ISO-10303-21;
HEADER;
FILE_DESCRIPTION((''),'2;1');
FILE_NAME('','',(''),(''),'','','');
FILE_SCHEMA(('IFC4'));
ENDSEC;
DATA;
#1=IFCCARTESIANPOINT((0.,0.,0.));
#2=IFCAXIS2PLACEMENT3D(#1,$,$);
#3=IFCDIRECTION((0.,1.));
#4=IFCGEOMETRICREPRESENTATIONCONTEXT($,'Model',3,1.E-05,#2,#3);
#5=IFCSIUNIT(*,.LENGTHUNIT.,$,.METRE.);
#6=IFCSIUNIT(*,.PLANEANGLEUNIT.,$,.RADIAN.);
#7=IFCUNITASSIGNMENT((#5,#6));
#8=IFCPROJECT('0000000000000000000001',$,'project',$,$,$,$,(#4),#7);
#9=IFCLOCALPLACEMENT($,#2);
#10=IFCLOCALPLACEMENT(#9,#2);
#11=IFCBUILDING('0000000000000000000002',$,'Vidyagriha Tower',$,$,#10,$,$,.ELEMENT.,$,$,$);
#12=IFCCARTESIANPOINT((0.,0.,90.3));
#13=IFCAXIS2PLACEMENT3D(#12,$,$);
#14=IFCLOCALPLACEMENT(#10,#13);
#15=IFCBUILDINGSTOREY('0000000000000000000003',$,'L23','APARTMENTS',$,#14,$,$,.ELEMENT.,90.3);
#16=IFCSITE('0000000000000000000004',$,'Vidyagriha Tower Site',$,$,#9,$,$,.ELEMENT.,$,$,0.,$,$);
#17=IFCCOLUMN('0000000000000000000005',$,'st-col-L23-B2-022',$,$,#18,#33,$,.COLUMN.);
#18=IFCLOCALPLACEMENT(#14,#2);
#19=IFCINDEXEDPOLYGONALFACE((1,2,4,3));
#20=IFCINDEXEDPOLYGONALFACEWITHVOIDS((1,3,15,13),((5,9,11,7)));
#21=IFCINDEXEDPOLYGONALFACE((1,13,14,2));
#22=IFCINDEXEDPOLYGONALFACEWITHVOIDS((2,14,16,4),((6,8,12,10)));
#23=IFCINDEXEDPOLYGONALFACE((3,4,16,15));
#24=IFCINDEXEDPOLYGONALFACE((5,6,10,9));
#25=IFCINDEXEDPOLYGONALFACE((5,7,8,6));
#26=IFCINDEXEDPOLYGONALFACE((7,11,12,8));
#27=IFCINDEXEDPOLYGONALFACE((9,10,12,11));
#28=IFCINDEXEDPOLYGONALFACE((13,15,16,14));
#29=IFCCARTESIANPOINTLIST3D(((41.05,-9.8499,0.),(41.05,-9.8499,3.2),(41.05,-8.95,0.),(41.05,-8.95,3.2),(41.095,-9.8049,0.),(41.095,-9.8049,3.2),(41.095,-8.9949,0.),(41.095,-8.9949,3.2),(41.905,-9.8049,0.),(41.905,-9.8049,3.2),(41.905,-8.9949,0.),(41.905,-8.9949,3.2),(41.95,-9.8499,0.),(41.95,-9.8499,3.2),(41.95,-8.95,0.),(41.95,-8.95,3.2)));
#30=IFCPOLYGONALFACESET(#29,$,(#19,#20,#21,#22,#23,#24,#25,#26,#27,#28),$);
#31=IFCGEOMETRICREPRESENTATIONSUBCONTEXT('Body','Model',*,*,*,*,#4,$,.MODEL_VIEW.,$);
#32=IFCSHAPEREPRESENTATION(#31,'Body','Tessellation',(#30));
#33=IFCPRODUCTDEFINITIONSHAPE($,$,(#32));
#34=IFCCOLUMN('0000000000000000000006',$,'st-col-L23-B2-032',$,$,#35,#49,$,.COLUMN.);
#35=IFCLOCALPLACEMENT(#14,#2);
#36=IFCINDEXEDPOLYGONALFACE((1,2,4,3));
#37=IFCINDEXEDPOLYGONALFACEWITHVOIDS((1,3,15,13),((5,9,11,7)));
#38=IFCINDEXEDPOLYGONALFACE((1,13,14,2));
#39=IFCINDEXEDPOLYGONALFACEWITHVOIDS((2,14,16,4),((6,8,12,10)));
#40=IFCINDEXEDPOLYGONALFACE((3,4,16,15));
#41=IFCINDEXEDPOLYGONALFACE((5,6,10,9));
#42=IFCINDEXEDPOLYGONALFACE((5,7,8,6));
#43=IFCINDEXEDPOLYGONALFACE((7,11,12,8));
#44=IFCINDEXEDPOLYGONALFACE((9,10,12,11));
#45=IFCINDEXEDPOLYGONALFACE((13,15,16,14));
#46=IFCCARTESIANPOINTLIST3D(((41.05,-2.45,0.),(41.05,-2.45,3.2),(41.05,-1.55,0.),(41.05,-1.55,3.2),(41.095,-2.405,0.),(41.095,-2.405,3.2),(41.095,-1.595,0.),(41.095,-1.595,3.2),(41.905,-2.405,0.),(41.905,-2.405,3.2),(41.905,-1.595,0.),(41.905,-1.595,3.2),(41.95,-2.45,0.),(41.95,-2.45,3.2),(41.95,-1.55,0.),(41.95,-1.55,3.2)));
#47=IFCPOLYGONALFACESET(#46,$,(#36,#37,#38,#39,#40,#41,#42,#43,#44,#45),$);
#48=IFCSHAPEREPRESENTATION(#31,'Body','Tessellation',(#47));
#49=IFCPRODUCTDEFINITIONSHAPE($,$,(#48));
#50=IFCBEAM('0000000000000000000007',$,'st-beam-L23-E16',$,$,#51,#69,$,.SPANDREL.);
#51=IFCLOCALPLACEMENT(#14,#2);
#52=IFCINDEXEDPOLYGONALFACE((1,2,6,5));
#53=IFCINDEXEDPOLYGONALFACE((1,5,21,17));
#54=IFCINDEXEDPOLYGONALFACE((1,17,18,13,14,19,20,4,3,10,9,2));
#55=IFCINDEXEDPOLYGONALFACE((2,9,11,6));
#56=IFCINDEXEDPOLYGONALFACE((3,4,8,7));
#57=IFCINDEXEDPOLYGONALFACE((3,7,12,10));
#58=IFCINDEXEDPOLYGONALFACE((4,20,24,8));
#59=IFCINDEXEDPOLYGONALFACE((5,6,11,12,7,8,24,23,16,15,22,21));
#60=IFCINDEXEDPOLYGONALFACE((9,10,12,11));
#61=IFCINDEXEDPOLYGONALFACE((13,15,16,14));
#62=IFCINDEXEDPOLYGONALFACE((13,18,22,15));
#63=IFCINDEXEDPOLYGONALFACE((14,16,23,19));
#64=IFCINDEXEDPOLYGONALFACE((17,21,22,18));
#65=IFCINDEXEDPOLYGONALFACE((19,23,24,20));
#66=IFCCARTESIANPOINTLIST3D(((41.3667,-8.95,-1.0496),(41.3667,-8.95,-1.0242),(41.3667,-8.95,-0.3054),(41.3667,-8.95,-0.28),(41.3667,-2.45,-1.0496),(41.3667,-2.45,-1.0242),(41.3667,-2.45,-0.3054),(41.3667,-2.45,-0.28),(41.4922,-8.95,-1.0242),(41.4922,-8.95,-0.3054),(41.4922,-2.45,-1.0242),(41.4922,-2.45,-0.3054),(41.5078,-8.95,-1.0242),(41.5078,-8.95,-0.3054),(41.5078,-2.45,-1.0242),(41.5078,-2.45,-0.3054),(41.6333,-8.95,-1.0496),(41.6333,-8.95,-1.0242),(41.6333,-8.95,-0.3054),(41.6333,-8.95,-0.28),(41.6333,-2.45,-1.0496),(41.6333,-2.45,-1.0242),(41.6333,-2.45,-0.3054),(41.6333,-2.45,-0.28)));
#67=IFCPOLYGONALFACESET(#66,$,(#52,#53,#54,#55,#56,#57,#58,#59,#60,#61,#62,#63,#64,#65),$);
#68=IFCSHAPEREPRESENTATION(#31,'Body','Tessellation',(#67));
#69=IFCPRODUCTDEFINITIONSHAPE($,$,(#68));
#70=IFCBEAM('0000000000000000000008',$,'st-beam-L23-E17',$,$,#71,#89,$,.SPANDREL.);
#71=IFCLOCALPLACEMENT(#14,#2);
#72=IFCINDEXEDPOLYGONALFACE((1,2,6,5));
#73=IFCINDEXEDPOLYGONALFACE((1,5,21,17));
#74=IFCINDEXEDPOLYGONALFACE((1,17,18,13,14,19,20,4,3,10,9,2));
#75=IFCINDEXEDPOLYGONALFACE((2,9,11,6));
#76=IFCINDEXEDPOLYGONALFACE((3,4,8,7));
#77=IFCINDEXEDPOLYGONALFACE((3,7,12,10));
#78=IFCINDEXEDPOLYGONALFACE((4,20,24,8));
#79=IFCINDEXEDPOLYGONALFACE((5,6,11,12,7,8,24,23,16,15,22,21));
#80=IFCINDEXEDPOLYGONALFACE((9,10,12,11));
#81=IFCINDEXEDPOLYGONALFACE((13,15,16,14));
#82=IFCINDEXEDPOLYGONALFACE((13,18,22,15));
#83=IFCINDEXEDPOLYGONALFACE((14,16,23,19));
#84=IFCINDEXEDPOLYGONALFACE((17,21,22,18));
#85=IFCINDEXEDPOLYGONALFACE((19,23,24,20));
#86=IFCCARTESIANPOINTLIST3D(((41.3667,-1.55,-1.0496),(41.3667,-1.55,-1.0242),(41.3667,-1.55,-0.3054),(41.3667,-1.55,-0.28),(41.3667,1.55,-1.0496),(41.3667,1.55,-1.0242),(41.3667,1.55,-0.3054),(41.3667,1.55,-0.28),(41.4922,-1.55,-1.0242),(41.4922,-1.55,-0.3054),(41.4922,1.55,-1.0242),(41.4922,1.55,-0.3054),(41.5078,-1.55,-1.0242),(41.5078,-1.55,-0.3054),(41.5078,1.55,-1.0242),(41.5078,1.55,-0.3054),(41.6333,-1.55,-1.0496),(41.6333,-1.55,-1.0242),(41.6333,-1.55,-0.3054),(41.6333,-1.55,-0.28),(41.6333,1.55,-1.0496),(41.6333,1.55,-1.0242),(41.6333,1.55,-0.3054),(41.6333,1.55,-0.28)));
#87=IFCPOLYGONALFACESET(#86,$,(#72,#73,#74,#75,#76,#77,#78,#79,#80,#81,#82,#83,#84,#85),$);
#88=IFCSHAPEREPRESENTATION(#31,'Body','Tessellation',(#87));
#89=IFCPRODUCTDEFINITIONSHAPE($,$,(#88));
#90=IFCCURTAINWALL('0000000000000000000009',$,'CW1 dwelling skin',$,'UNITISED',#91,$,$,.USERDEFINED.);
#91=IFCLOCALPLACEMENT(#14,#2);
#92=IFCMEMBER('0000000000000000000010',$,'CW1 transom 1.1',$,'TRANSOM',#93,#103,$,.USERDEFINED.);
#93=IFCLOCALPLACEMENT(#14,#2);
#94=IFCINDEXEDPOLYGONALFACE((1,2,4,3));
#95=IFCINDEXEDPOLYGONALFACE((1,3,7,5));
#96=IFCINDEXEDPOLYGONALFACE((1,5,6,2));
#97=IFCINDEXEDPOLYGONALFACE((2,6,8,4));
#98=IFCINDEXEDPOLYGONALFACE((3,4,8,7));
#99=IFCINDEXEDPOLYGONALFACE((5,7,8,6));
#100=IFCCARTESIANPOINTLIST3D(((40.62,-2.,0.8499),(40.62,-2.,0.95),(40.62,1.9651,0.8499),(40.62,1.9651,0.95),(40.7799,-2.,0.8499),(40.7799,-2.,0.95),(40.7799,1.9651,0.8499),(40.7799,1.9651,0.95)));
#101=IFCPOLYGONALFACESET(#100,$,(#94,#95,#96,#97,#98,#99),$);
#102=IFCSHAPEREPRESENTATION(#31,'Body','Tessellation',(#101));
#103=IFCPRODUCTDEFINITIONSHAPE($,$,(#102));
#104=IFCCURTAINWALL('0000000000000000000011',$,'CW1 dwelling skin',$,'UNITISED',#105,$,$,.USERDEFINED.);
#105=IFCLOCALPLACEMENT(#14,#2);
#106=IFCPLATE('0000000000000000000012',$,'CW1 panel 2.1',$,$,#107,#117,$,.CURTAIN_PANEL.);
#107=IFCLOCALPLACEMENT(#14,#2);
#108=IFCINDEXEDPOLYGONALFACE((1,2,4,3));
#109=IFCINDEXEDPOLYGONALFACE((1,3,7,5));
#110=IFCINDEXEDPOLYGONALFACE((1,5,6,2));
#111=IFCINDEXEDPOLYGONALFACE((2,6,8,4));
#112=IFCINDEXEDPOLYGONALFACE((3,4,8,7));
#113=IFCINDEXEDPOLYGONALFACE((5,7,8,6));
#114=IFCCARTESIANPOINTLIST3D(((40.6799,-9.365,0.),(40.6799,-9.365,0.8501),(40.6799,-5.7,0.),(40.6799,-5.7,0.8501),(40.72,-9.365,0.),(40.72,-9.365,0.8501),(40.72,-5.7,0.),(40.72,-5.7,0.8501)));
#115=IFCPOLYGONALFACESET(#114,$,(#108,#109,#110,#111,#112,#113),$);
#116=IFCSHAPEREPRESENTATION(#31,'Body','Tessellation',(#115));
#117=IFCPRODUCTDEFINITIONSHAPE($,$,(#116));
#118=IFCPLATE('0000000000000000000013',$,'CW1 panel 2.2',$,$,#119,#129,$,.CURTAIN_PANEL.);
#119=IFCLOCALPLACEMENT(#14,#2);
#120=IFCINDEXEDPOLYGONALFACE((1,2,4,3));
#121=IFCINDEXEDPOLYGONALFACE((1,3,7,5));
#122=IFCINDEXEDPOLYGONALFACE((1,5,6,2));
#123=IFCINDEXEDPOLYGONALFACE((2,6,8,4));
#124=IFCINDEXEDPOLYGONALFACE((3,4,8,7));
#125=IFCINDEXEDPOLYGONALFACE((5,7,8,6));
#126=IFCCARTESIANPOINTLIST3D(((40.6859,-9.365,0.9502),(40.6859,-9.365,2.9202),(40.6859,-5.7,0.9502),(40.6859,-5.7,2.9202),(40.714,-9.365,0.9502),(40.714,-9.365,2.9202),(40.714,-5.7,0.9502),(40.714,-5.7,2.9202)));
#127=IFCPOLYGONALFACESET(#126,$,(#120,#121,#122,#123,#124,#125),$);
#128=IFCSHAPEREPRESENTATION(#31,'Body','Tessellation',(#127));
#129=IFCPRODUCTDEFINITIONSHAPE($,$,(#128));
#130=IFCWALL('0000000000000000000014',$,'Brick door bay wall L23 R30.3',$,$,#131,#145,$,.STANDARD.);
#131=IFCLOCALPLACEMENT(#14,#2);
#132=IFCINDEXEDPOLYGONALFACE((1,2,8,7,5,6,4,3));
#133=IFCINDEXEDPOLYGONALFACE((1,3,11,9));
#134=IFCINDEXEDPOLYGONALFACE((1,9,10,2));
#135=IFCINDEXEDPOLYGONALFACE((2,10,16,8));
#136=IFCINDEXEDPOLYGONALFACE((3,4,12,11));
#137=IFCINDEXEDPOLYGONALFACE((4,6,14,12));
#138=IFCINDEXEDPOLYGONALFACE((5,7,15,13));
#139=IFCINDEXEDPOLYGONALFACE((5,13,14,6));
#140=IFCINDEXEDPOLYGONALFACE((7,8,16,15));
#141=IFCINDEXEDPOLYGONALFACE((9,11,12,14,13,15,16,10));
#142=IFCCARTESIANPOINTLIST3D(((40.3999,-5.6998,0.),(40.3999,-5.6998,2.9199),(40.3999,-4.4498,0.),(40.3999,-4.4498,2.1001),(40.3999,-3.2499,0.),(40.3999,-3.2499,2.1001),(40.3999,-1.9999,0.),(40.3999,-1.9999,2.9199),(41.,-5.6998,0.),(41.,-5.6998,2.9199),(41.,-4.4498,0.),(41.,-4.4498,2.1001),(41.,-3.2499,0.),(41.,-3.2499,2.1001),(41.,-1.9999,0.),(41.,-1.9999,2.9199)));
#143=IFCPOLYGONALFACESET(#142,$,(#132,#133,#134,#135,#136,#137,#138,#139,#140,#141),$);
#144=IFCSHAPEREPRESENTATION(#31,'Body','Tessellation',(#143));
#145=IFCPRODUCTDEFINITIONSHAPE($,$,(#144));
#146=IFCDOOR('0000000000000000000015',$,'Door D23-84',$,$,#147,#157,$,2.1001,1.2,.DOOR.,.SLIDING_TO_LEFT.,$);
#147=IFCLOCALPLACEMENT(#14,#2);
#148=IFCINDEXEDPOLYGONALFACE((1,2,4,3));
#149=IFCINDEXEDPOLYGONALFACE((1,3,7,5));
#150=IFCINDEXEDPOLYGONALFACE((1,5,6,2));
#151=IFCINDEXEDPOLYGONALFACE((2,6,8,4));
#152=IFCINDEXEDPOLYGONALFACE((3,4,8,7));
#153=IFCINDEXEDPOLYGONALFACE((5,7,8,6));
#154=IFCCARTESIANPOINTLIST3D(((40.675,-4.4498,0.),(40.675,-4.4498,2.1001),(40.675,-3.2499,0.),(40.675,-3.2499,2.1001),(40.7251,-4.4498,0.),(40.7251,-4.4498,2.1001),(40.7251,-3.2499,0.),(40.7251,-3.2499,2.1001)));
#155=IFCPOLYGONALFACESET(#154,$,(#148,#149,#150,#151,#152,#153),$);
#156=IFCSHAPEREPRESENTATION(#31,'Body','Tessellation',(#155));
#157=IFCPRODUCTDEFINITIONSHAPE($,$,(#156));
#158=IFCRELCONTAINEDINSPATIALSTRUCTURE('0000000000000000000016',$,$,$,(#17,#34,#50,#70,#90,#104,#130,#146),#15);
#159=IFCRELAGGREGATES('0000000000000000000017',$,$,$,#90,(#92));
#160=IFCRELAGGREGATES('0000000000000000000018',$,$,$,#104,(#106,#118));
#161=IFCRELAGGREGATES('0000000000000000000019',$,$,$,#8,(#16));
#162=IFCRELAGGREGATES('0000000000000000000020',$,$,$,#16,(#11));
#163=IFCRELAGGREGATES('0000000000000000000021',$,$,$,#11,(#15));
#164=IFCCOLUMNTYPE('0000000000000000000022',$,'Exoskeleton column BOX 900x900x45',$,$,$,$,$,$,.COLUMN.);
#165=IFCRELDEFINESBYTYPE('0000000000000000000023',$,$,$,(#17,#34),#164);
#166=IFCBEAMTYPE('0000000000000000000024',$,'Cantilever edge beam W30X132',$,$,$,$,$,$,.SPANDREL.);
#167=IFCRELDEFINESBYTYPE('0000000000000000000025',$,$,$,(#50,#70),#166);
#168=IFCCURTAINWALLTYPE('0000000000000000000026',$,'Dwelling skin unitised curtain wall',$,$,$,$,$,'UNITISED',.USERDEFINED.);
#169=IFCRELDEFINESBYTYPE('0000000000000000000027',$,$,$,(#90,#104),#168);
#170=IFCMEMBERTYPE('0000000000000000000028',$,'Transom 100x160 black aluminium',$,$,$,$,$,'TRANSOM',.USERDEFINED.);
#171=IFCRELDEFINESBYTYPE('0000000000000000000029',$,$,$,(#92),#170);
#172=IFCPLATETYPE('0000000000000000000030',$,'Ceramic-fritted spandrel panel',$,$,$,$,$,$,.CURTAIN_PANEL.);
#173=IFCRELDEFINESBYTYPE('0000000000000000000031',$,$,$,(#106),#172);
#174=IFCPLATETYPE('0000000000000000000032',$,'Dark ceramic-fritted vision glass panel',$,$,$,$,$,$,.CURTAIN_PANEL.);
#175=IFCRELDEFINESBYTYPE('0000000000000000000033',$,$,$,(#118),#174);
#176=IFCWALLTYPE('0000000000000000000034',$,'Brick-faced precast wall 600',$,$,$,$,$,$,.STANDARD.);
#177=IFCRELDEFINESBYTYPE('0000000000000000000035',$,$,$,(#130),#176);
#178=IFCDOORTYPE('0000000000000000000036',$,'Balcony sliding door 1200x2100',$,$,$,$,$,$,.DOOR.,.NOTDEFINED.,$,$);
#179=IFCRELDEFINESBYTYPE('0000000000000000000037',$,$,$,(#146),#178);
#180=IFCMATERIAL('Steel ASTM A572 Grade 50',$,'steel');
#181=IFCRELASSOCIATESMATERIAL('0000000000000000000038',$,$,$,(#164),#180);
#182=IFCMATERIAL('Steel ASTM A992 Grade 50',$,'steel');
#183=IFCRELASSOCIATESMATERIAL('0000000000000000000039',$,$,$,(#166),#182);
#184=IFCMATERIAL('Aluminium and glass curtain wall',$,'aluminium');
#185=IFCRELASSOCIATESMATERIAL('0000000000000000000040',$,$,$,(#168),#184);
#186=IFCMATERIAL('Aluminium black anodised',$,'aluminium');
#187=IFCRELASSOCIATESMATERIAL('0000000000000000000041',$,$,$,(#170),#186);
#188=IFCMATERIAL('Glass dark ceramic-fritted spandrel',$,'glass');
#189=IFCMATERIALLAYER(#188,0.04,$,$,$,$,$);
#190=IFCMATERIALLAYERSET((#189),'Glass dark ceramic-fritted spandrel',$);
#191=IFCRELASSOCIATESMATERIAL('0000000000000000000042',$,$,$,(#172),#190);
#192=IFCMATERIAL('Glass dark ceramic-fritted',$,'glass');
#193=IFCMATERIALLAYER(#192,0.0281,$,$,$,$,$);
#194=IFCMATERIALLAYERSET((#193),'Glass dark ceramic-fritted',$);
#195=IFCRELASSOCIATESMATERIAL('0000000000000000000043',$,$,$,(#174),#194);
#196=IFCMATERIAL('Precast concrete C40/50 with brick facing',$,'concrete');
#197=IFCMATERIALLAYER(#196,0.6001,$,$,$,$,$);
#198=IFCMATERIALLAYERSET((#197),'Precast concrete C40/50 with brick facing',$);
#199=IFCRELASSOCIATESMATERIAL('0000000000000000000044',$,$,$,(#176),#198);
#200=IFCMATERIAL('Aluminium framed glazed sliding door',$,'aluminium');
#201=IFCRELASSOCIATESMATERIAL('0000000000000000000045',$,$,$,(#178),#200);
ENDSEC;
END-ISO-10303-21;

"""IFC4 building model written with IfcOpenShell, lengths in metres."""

from ifc_helpers import new_model, si_unit, direction, frame, frame_2d, origin, origin_2d, place, context, subcontext, project, spatial, rectangle, hollow_rectangle, i_section, extrude, material, layer, layer_set, material_profile, profile_set, type_object, element, fill, aggregate, save


model = new_model("IFC4")

# Units and contexts
model_context = context("Model", 3, precision=1e-05, world=origin(), true_north=direction((0.0, 1.0)))
body_context = subcontext(model_context, "Body", "Model", "MODEL_VIEW")
ifc_project = project(units=[si_unit("LENGTHUNIT", "METRE"), si_unit("PLANEANGLEUNIT", "RADIAN")], contexts=[model_context])

# Site, building, storey
site_placement = place(None, origin())
site = spatial("IfcSite", under=ifc_project, at=site_placement, Name="Vidyagriha Tower Site", CompositionType="ELEMENT", RefElevation=0.0)
building_placement = place(site_placement, origin())
building = spatial("IfcBuilding", under=site, at=building_placement, Name="Vidyagriha Tower", CompositionType="ELEMENT")
storey_placement = place(building_placement, frame((0.0, 0.0, 90.3)))
storey = spatial("IfcBuildingStorey", under=building, at=storey_placement, Name="L23", Description="APARTMENTS", CompositionType="ELEMENT", Elevation=90.3)

# Columns
ifc_material_1 = material(Name="Steel ASTM A572 Grade 50", Category="steel")
ifc_material_profile_1 = material_profile(ifc_material_1, hollow_rectangle(XDim=0.8999, YDim=0.8999, WallThickness=0.0449, at=origin_2d()), Name="BOX 900x900x45")
ifc_profile_set_1 = profile_set([ifc_material_profile_1], Name="Steel ASTM A572 Grade 50")
column_type = type_object("IfcColumnType", Name="Exoskeleton column BOX 900x900x45", PredefinedType="COLUMN", material=ifc_profile_set_1)
for number, where, name in (
    (1, (41.5, -9.3999, 0.0), "st-col-L23-B2-022"),
    (2, (41.5, -2.0, 0.0), "st-col-L23-B2-032"),
):
    element("IfcColumn", number, at=place(storey_placement, frame(where)), inside=storey, type_object=column_type, Name=name, PredefinedType="COLUMN", context=body_context, shape_type="SweptSolid", body=[
        extrude(hollow_rectangle(XDim=0.8999, YDim=0.8999, WallThickness=0.0449, at=origin_2d()), origin(), (0.0, 0.0, 1.0), 3.2),
    ])

# Beams
ifc_material_2 = material(Name="Steel ASTM A992 Grade 50", Category="steel")
ifc_material_profile_2 = material_profile(ifc_material_2, i_section(OverallWidth=0.2666, OverallDepth=0.7695, WebThickness=0.0156, FlangeThickness=0.0254, at=origin_2d()), Name="W30X132")
ifc_profile_set_2 = profile_set([ifc_material_profile_2], Name="Steel ASTM A992 Grade 50")
beam_type = type_object("IfcBeamType", Name="Cantilever edge beam W30X132", PredefinedType="SPANDREL", material=ifc_profile_set_2)
beam_1_placement = place(storey_placement, frame((41.5, -8.95, -0.6648), z_axis=(0.0, 1.0, 0.0), x_axis=(-1.0, 0.0, 0.0)))
element("IfcBeam", 3, at=beam_1_placement, inside=storey, type_object=beam_type, Name="st-beam-L23-E16", PredefinedType="SPANDREL", context=body_context, shape_type="SweptSolid", body=[
    extrude(i_section(OverallWidth=0.2666, OverallDepth=0.7695, WebThickness=0.0156, FlangeThickness=0.0254, at=origin_2d()), origin(), (0.0, 0.0, 1.0), 6.5),
])
beam_2_placement = place(storey_placement, frame((41.5, -1.55, -0.6648), z_axis=(0.0, 1.0, 0.0), x_axis=(-1.0, 0.0, 0.0)))
element("IfcBeam", 4, at=beam_2_placement, inside=storey, type_object=beam_type, Name="st-beam-L23-E17", PredefinedType="SPANDREL", context=body_context, shape_type="SweptSolid", body=[
    extrude(i_section(OverallWidth=0.2666, OverallDepth=0.7695, WebThickness=0.0156, FlangeThickness=0.0254, at=origin_2d()), origin(), (0.0, 0.0, 1.0), 3.1001),
])

# Curtain wall, member
ifc_material_3 = material(Name="Aluminium and glass curtain wall", Category="aluminium")
curtain_wall_type = type_object("IfcCurtainWallType", Name="Dwelling skin unitised curtain wall", ElementType="UNITISED", PredefinedType="USERDEFINED", material=ifc_material_3)
curtain_wall_1_placement = place(storey_placement, origin())
curtain_wall_1 = element("IfcCurtainWall", 5, at=curtain_wall_1_placement, inside=storey, type_object=curtain_wall_type, Name="CW1 dwelling skin", ObjectType="UNITISED", PredefinedType="USERDEFINED")
ifc_material_4 = material(Name="Aluminium black anodised", Category="aluminium")
ifc_material_profile_3 = material_profile(ifc_material_4, rectangle(XDim=0.1599, YDim=0.1001, at=origin_2d()), Name="Transom 100x160 black aluminium")
ifc_profile_set_3 = profile_set([ifc_material_profile_3], Name="Aluminium black anodised")
member_type = type_object("IfcMemberType", Name="Transom 100x160 black aluminium", ElementType="TRANSOM", PredefinedType="USERDEFINED", material=ifc_profile_set_3)
member_placement = place(storey_placement, frame((40.7, -2.0, 0.8999), z_axis=(0.0, 1.0, 0.0), x_axis=(-1.0, 0.0, 0.0)))
member = element("IfcMember", 6, at=member_placement, type_object=member_type, Name="CW1 transom 1.1", ObjectType="TRANSOM", PredefinedType="USERDEFINED", context=body_context, shape_type="SweptSolid", body=[
    extrude(rectangle(XDim=0.1599, YDim=0.1001, at=origin_2d()), origin(), (0.0, 0.0, 1.0), 3.9651),
])
aggregate(curtain_wall_1, [member])

# Curtain wall, plates
curtain_wall_2_placement = place(storey_placement, origin())
curtain_wall_2 = element("IfcCurtainWall", 7, at=curtain_wall_2_placement, inside=storey, type_object=curtain_wall_type, Name="CW1 dwelling skin", ObjectType="UNITISED", PredefinedType="USERDEFINED")
ifc_material_5 = material(Name="Glass dark ceramic-fritted spandrel", Category="glass")
ifc_layer_1 = layer(ifc_material_5, 0.04)
ifc_layer_set_1 = layer_set([ifc_layer_1], Name="Glass dark ceramic-fritted spandrel")
plate_type_1 = type_object("IfcPlateType", Name="Ceramic-fritted spandrel panel", PredefinedType="CURTAIN_PANEL", material=ifc_layer_set_1)
plate_1_placement = place(storey_placement, frame((40.7, -7.5325, 0.0), z_axis=(0.0, 0.0, 1.0), x_axis=(0.0, 1.0, 0.0)))
plate_1 = element("IfcPlate", 8, at=plate_1_placement, type_object=plate_type_1, Name="CW1 panel 2.1", PredefinedType="CURTAIN_PANEL", context=body_context, shape_type="SweptSolid", body=[
    extrude(rectangle(XDim=3.665, YDim=0.04, at=origin_2d()), origin(), (0.0, 0.0, 1.0), 0.8501),
])
ifc_material_6 = material(Name="Glass dark ceramic-fritted", Category="glass")
ifc_layer_2 = layer(ifc_material_6, 0.0281)
ifc_layer_set_2 = layer_set([ifc_layer_2], Name="Glass dark ceramic-fritted")
plate_type_2 = type_object("IfcPlateType", Name="Dark ceramic-fritted vision glass panel", PredefinedType="CURTAIN_PANEL", material=ifc_layer_set_2)
plate_2_placement = place(storey_placement, frame((40.7, -7.5325, 0.9502), z_axis=(0.0, 0.0, 1.0), x_axis=(0.0, 1.0, 0.0)))
plate_2 = element("IfcPlate", 9, at=plate_2_placement, type_object=plate_type_2, Name="CW1 panel 2.2", PredefinedType="CURTAIN_PANEL", context=body_context, shape_type="SweptSolid", body=[
    extrude(rectangle(XDim=3.665, YDim=0.0281, at=origin_2d()), origin(), (0.0, 0.0, 1.0), 1.97),
])
aggregate(curtain_wall_2, [plate_1, plate_2])

# Wall, opening, door
ifc_material_7 = material(Name="Precast concrete C40/50 with brick facing", Category="concrete")
ifc_layer_3 = layer(ifc_material_7, 0.6001)
ifc_layer_set_3 = layer_set([ifc_layer_3], Name="Precast concrete C40/50 with brick facing")
wall_type = type_object("IfcWallType", Name="Brick-faced precast wall 600", PredefinedType="STANDARD", material=ifc_layer_set_3)
wall_placement = place(storey_placement, frame((40.7, -5.7, 0.0), z_axis=(0.0, 0.0, 1.0), x_axis=(0.0, 1.0, 0.0)))
wall = element("IfcWall", 10, at=wall_placement, inside=storey, type_object=wall_type, Name="Brick door bay wall L23 R30.3", PredefinedType="STANDARD", context=body_context, shape_type="SweptSolid", body=[
    extrude(rectangle(XDim=3.7, YDim=0.6001, at=frame_2d((1.8501, 0.0))), origin(), (0.0, 0.0, 1.0), 2.9199),
])
opening_placement = place(wall_placement, frame((1.25, 0.0, 0.0)))
opening = element("IfcOpeningElement", 11, at=opening_placement, cuts=wall, PredefinedType="OPENING", context=body_context, shape_type="SweptSolid", body=[
    extrude(rectangle(XDim=1.2, YDim=2.1001, at=frame_2d((0.6001, 1.05))), frame((0.0, 0.3101, 0.0), z_axis=(0.0, -1.0, 0.0), x_axis=(1.0, 0.0, 0.0)), (0.0, 0.0, 1.0), 0.6201),
])
ifc_material_8 = material(Name="Aluminium framed glazed sliding door", Category="aluminium")
door_type = type_object("IfcDoorType", Name="Balcony sliding door 1200x2100", OperationType="NOTDEFINED", PredefinedType="DOOR", material=ifc_material_8)
door_placement = place(opening_placement, origin())
door = element("IfcDoor", 12, at=door_placement, inside=storey, type_object=door_type, Name="Door D23-84", OperationType="SLIDING_TO_LEFT", OverallHeight=2.1001, OverallWidth=1.2, PredefinedType="DOOR", context=body_context, shape_type="SweptSolid", body=[
    extrude(rectangle(XDim=1.2, YDim=2.1001, at=frame_2d((0.6001, 1.05))), frame((0.0, 0.0249, 0.0), z_axis=(0.0, -1.0, 0.0), x_axis=(1.0, 0.0, 0.0)), (0.0, 0.0, 1.0), 0.05),
])
fill(opening, door)

save(model, "model.ifc")
